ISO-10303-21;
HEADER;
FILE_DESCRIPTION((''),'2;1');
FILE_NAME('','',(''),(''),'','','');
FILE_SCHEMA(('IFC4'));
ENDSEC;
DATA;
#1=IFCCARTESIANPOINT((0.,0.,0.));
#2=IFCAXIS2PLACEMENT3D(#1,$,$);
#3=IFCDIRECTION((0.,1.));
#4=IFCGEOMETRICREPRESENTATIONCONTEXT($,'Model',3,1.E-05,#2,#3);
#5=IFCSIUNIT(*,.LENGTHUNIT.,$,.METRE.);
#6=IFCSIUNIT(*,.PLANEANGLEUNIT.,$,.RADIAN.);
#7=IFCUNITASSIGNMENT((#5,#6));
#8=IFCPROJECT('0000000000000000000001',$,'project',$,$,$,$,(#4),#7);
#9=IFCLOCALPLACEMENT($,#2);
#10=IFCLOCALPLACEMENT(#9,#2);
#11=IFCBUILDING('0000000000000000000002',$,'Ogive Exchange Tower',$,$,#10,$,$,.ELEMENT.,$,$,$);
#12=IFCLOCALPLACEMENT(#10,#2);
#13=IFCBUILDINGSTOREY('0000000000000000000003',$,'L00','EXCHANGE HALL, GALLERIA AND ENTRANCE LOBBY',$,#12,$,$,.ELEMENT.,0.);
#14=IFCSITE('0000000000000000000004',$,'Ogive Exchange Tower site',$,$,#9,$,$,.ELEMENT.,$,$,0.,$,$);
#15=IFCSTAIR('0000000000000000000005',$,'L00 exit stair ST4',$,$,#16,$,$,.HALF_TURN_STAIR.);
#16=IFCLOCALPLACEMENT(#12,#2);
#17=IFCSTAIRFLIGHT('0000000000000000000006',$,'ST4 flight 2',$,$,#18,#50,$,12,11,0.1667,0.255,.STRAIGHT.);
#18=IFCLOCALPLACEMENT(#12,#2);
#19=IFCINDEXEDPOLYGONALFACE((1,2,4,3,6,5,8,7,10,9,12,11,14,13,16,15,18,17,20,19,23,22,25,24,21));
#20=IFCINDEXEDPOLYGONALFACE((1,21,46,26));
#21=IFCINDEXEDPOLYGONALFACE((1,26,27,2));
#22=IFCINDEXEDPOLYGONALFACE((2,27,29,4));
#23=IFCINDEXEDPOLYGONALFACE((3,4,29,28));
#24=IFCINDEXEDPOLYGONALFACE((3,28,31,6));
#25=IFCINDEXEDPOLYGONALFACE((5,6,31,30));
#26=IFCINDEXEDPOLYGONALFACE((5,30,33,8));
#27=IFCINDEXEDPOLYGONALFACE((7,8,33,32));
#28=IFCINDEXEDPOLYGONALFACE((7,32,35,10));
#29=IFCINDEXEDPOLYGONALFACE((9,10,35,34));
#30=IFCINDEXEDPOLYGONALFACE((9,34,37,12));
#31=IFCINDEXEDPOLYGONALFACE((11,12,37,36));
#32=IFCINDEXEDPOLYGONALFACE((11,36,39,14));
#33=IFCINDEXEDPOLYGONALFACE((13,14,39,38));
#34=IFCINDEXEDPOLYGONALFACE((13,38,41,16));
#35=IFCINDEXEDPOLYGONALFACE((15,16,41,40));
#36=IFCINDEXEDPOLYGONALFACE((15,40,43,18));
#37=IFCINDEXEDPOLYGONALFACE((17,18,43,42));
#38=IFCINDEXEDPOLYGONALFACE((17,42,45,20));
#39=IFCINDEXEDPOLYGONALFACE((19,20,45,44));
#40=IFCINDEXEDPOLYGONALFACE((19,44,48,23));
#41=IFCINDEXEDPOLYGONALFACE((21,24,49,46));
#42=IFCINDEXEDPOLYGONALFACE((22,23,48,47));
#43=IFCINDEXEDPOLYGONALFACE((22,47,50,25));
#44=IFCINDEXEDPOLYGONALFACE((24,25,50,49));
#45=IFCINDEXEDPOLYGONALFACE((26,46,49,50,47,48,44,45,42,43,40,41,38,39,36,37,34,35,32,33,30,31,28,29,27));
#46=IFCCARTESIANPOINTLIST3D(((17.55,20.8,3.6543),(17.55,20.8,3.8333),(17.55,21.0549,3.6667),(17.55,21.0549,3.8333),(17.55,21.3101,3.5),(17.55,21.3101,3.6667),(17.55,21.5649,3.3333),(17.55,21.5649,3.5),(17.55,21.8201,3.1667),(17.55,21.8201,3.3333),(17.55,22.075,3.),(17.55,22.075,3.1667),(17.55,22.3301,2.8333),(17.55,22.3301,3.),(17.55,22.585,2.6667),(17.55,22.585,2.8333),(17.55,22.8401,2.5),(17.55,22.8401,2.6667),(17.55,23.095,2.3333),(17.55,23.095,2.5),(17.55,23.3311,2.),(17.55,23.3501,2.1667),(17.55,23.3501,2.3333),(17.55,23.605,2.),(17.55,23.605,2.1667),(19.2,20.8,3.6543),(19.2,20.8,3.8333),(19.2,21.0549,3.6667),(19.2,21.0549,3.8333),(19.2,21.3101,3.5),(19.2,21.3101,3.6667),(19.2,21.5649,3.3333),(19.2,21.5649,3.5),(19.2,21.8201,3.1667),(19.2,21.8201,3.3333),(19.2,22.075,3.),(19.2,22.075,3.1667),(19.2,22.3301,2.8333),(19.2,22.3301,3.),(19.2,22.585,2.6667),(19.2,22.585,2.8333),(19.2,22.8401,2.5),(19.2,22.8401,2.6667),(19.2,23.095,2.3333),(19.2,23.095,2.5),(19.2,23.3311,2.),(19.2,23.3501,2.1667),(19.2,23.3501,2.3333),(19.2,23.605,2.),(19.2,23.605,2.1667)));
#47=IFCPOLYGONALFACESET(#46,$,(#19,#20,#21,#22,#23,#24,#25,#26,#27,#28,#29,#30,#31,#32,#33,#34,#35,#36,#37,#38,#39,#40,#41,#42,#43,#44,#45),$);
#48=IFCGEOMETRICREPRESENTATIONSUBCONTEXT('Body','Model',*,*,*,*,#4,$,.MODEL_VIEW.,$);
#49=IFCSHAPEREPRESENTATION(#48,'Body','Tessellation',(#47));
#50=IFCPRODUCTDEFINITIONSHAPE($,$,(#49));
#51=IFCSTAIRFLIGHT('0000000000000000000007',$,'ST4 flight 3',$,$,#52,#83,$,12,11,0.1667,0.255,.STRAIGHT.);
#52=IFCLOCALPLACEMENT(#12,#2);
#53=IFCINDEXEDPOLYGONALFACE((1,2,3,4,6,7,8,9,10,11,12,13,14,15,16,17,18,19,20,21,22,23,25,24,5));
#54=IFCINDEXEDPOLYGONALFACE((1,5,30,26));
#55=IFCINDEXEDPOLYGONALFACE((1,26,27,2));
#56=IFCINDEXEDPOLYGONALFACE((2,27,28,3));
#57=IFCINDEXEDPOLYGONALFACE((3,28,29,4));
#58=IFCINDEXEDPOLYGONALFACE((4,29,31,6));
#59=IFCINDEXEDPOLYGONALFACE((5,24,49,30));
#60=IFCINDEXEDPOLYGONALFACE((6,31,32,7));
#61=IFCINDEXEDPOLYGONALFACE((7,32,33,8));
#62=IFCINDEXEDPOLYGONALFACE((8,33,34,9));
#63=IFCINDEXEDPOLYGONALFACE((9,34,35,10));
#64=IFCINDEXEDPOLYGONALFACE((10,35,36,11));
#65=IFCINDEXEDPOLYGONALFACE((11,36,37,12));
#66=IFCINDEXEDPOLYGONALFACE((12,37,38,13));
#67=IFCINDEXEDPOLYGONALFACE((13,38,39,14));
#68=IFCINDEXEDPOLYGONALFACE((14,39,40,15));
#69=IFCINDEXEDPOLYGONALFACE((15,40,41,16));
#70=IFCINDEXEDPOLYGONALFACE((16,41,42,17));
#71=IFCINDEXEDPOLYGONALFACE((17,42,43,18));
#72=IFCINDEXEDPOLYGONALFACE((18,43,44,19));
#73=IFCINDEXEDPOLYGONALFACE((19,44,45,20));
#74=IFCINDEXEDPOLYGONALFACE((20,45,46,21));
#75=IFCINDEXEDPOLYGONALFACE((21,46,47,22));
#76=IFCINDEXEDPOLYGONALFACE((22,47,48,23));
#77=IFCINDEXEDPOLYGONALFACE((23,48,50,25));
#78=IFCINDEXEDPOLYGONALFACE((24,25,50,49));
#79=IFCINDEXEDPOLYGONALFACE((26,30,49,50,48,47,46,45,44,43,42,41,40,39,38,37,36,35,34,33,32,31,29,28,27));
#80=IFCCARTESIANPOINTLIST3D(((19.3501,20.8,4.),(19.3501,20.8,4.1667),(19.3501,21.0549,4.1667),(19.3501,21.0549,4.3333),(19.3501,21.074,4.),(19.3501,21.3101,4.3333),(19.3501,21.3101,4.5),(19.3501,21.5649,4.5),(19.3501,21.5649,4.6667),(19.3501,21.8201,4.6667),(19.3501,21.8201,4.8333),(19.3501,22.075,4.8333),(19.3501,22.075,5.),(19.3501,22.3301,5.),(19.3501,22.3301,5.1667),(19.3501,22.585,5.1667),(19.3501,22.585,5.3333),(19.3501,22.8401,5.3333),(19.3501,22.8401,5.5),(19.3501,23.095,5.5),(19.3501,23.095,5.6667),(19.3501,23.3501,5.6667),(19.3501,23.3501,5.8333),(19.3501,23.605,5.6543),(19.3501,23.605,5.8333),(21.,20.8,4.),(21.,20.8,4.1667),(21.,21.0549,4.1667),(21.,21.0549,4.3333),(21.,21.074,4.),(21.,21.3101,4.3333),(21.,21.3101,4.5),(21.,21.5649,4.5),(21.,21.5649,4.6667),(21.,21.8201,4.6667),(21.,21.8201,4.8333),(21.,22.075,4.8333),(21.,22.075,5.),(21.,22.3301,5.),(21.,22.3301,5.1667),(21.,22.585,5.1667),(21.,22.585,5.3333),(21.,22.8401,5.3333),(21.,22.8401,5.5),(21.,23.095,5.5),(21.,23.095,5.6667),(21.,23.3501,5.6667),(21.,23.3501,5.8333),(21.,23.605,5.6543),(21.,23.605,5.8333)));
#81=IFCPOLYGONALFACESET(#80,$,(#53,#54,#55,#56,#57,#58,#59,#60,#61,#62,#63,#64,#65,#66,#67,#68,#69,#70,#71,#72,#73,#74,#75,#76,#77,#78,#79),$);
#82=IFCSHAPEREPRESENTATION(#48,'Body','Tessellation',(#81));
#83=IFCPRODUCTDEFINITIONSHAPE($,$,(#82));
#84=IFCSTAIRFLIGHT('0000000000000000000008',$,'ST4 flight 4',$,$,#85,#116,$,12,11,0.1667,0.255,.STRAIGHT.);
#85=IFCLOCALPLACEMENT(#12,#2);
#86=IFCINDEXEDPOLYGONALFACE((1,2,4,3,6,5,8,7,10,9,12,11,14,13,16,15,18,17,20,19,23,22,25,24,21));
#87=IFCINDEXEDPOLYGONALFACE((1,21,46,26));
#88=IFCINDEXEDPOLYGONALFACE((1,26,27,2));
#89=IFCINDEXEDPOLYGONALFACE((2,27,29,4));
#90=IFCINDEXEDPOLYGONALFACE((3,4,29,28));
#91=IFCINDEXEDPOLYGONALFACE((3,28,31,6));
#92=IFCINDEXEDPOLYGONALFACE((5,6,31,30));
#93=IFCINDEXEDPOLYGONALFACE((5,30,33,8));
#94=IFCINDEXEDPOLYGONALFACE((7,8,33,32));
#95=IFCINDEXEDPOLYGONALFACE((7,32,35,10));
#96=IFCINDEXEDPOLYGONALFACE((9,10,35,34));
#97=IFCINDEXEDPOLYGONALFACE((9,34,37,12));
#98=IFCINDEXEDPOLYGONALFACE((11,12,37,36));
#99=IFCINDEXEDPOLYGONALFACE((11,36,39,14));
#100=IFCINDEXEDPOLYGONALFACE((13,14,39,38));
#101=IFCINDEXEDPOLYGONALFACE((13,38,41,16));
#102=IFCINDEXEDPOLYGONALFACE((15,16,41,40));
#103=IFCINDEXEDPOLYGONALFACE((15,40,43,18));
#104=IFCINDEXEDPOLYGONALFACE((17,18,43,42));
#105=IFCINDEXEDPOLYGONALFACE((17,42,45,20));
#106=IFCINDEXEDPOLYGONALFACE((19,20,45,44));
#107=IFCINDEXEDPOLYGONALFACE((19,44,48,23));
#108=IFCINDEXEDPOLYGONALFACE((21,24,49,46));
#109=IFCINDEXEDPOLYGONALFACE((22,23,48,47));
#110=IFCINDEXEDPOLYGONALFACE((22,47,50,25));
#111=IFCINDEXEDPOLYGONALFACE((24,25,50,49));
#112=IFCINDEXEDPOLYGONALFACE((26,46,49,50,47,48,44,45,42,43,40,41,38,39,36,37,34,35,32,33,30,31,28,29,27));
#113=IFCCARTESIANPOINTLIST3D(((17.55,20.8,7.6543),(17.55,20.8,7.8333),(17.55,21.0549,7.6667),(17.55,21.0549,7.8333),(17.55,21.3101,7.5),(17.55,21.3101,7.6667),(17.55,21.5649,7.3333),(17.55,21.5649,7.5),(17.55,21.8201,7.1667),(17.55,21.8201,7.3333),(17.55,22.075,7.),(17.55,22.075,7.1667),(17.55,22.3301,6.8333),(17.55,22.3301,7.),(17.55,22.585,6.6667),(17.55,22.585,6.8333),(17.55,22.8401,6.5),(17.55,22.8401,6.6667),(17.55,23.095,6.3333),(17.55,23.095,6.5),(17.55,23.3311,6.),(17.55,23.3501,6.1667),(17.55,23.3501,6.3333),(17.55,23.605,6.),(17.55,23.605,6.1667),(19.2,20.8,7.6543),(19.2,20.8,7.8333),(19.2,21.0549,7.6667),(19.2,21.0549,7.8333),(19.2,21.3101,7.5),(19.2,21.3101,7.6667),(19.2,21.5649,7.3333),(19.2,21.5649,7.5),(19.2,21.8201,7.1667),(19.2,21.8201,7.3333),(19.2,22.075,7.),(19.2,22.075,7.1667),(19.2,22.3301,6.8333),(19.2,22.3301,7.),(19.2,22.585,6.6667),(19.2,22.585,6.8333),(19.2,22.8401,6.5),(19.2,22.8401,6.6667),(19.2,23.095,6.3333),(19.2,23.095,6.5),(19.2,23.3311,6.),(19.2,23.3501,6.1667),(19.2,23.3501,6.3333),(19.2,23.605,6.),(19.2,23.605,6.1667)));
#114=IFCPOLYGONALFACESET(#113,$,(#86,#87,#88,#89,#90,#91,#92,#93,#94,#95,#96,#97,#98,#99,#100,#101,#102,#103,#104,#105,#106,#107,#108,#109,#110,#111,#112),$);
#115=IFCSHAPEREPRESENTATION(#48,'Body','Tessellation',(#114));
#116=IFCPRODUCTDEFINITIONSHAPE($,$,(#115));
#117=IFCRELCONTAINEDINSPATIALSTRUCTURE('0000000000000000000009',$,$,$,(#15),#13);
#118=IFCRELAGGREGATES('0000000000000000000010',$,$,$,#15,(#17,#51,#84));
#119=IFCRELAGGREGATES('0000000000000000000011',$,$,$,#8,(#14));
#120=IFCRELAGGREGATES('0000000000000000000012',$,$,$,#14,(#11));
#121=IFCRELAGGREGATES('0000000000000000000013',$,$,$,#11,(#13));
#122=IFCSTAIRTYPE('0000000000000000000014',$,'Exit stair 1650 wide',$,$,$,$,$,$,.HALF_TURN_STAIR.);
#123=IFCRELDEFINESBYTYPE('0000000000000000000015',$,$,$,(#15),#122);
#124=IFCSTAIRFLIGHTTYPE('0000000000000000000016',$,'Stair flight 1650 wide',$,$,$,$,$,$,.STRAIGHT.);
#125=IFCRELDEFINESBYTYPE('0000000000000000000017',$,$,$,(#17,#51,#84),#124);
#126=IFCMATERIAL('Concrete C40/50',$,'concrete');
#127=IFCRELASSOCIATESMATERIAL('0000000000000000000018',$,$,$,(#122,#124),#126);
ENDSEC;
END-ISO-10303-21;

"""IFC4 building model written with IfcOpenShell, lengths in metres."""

from ifc_helpers import new_model, si_unit, direction, frame, origin, place, context, subcontext, project, spatial, polyline, outline, extrude, material, type_object, element, aggregate, save


model = new_model("IFC4")

# Units and contexts
model_context = context("Model", 3, precision=1e-05, world=origin(), true_north=direction((0.0, 1.0)))
body_context = subcontext(model_context, "Body", "Model", "MODEL_VIEW")
ifc_project = project(units=[si_unit("LENGTHUNIT", "METRE"), si_unit("PLANEANGLEUNIT", "RADIAN")], contexts=[model_context])

# Site, building, storey
site_placement = place(None, origin())
site = spatial("IfcSite", under=ifc_project, at=site_placement, Name="Ogive Exchange Tower site", CompositionType="ELEMENT", RefElevation=0.0)
building_placement = place(site_placement, origin())
building = spatial("IfcBuilding", under=site, at=building_placement, Name="Ogive Exchange Tower", CompositionType="ELEMENT")
storey_placement = place(building_placement, origin())
storey = spatial("IfcBuildingStorey", under=building, at=storey_placement, Name="L00", Description="EXCHANGE HALL, GALLERIA AND ENTRANCE LOBBY", CompositionType="ELEMENT", Elevation=0.0)

# Stair, stair flights
ifc_material_1 = material(Name="Concrete C40/50", Category="concrete")
stair_type = type_object("IfcStairType", Name="Exit stair 1650 wide", PredefinedType="HALF_TURN_STAIR", material=ifc_material_1)
stair_placement = place(storey_placement, origin())
stair = element("IfcStair", 1, at=stair_placement, inside=storey, type_object=stair_type, Name="L00 exit stair ST4", PredefinedType="HALF_TURN_STAIR")
stair_flight_type = type_object("IfcStairFlightType", Name="Stair flight 1650 wide", PredefinedType="STRAIGHT", material=ifc_material_1)
stair_flight_1_placement = place(storey_placement, frame((18.375, 23.605, 2.0), z_axis=(0.0, 0.0, 1.0), x_axis=(0.0, -1.0, 0.0)))
stair_flight_1 = element("IfcStairFlight", 2, at=stair_flight_1_placement, type_object=stair_flight_type, Name="ST4 flight 2", NumberOfRisers=12, NumberOfTreads=11, PredefinedType="STRAIGHT", RiserHeight=0.1667, TreadLength=0.255, context=body_context, shape_type="SweptSolid", body=[
    extrude(outline(polyline([(0.0, 0.0), (0.0, 0.1667), (0.2549, 0.1667), (0.2549, 0.3333), (0.51, 0.3333), (0.51, 0.5), (0.7649, 0.5), (0.7649, 0.6667), (1.02, 0.6667), (1.02, 0.8333), (1.2749, 0.8333), (1.2749, 1.0), (1.53, 1.0), (1.53, 1.1667), (1.7849, 1.1667), (1.7849, 1.3333), (2.04, 1.3333), (2.04, 1.5), (2.2949, 1.5), (2.2949, 1.6667), (2.55, 1.6667), (2.55, 1.8333), (2.8049, 1.8333), (2.8049, 2.0), (2.8049, 1.6543), (0.2739, 0.0), (0.0, 0.0)])), frame((0.0, 0.825, 0.0), z_axis=(0.0, -1.0, 0.0), x_axis=(1.0, 0.0, 0.0)), (0.0, 0.0, 1.0), 1.6499),
])
stair_flight_2_placement = place(storey_placement, frame((20.175, 20.8, 4.0), z_axis=(0.0, 0.0, 1.0), x_axis=(0.0, 1.0, 0.0)))
stair_flight_2 = element("IfcStairFlight", 3, at=stair_flight_2_placement, type_object=stair_flight_type, Name="ST4 flight 3", NumberOfRisers=12, NumberOfTreads=11, PredefinedType="STRAIGHT", RiserHeight=0.1667, TreadLength=0.255, context=body_context, shape_type="SweptSolid", body=[
    extrude(outline(polyline([(0.0, 0.0), (0.0, 0.1667), (0.2549, 0.1667), (0.2549, 0.3333), (0.51, 0.3333), (0.51, 0.5), (0.7649, 0.5), (0.7649, 0.6667), (1.02, 0.6667), (1.02, 0.8333), (1.2749, 0.8333), (1.2749, 1.0), (1.53, 1.0), (1.53, 1.1667), (1.7849, 1.1667), (1.7849, 1.3333), (2.04, 1.3333), (2.04, 1.5), (2.2949, 1.5), (2.2949, 1.6667), (2.55, 1.6667), (2.55, 1.8333), (2.8049, 1.8333), (2.8049, 2.0), (2.8049, 1.6543), (0.2739, 0.0), (0.0, 0.0)])), frame((0.0, 0.825, 0.0), z_axis=(0.0, -1.0, 0.0), x_axis=(1.0, 0.0, 0.0)), (0.0, 0.0, 1.0), 1.6499),
])
stair_flight_3_placement = place(storey_placement, frame((18.375, 23.605, 6.0), z_axis=(0.0, 0.0, 1.0), x_axis=(0.0, -1.0, 0.0)))
stair_flight_3 = element("IfcStairFlight", 4, at=stair_flight_3_placement, type_object=stair_flight_type, Name="ST4 flight 4", NumberOfRisers=12, NumberOfTreads=11, PredefinedType="STRAIGHT", RiserHeight=0.1667, TreadLength=0.255, context=body_context, shape_type="SweptSolid", body=[
    extrude(outline(polyline([(0.0, 0.0), (0.0, 0.1667), (0.2549, 0.1667), (0.2549, 0.3333), (0.51, 0.3333), (0.51, 0.5), (0.7649, 0.5), (0.7649, 0.6667), (1.02, 0.6667), (1.02, 0.8333), (1.2749, 0.8333), (1.2749, 1.0), (1.53, 1.0), (1.53, 1.1667), (1.7849, 1.1667), (1.7849, 1.3333), (2.04, 1.3333), (2.04, 1.5), (2.2949, 1.5), (2.2949, 1.6667), (2.55, 1.6667), (2.55, 1.8333), (2.8049, 1.8333), (2.8049, 2.0), (2.8049, 1.6543), (0.2739, 0.0), (0.0, 0.0)])), frame((0.0, 0.825, 0.0), z_axis=(0.0, -1.0, 0.0), x_axis=(1.0, 0.0, 0.0)), (0.0, 0.0, 1.0), 1.6499),
])
aggregate(stair, [stair_flight_1, stair_flight_2, stair_flight_3])

save(model, "model.ifc")
